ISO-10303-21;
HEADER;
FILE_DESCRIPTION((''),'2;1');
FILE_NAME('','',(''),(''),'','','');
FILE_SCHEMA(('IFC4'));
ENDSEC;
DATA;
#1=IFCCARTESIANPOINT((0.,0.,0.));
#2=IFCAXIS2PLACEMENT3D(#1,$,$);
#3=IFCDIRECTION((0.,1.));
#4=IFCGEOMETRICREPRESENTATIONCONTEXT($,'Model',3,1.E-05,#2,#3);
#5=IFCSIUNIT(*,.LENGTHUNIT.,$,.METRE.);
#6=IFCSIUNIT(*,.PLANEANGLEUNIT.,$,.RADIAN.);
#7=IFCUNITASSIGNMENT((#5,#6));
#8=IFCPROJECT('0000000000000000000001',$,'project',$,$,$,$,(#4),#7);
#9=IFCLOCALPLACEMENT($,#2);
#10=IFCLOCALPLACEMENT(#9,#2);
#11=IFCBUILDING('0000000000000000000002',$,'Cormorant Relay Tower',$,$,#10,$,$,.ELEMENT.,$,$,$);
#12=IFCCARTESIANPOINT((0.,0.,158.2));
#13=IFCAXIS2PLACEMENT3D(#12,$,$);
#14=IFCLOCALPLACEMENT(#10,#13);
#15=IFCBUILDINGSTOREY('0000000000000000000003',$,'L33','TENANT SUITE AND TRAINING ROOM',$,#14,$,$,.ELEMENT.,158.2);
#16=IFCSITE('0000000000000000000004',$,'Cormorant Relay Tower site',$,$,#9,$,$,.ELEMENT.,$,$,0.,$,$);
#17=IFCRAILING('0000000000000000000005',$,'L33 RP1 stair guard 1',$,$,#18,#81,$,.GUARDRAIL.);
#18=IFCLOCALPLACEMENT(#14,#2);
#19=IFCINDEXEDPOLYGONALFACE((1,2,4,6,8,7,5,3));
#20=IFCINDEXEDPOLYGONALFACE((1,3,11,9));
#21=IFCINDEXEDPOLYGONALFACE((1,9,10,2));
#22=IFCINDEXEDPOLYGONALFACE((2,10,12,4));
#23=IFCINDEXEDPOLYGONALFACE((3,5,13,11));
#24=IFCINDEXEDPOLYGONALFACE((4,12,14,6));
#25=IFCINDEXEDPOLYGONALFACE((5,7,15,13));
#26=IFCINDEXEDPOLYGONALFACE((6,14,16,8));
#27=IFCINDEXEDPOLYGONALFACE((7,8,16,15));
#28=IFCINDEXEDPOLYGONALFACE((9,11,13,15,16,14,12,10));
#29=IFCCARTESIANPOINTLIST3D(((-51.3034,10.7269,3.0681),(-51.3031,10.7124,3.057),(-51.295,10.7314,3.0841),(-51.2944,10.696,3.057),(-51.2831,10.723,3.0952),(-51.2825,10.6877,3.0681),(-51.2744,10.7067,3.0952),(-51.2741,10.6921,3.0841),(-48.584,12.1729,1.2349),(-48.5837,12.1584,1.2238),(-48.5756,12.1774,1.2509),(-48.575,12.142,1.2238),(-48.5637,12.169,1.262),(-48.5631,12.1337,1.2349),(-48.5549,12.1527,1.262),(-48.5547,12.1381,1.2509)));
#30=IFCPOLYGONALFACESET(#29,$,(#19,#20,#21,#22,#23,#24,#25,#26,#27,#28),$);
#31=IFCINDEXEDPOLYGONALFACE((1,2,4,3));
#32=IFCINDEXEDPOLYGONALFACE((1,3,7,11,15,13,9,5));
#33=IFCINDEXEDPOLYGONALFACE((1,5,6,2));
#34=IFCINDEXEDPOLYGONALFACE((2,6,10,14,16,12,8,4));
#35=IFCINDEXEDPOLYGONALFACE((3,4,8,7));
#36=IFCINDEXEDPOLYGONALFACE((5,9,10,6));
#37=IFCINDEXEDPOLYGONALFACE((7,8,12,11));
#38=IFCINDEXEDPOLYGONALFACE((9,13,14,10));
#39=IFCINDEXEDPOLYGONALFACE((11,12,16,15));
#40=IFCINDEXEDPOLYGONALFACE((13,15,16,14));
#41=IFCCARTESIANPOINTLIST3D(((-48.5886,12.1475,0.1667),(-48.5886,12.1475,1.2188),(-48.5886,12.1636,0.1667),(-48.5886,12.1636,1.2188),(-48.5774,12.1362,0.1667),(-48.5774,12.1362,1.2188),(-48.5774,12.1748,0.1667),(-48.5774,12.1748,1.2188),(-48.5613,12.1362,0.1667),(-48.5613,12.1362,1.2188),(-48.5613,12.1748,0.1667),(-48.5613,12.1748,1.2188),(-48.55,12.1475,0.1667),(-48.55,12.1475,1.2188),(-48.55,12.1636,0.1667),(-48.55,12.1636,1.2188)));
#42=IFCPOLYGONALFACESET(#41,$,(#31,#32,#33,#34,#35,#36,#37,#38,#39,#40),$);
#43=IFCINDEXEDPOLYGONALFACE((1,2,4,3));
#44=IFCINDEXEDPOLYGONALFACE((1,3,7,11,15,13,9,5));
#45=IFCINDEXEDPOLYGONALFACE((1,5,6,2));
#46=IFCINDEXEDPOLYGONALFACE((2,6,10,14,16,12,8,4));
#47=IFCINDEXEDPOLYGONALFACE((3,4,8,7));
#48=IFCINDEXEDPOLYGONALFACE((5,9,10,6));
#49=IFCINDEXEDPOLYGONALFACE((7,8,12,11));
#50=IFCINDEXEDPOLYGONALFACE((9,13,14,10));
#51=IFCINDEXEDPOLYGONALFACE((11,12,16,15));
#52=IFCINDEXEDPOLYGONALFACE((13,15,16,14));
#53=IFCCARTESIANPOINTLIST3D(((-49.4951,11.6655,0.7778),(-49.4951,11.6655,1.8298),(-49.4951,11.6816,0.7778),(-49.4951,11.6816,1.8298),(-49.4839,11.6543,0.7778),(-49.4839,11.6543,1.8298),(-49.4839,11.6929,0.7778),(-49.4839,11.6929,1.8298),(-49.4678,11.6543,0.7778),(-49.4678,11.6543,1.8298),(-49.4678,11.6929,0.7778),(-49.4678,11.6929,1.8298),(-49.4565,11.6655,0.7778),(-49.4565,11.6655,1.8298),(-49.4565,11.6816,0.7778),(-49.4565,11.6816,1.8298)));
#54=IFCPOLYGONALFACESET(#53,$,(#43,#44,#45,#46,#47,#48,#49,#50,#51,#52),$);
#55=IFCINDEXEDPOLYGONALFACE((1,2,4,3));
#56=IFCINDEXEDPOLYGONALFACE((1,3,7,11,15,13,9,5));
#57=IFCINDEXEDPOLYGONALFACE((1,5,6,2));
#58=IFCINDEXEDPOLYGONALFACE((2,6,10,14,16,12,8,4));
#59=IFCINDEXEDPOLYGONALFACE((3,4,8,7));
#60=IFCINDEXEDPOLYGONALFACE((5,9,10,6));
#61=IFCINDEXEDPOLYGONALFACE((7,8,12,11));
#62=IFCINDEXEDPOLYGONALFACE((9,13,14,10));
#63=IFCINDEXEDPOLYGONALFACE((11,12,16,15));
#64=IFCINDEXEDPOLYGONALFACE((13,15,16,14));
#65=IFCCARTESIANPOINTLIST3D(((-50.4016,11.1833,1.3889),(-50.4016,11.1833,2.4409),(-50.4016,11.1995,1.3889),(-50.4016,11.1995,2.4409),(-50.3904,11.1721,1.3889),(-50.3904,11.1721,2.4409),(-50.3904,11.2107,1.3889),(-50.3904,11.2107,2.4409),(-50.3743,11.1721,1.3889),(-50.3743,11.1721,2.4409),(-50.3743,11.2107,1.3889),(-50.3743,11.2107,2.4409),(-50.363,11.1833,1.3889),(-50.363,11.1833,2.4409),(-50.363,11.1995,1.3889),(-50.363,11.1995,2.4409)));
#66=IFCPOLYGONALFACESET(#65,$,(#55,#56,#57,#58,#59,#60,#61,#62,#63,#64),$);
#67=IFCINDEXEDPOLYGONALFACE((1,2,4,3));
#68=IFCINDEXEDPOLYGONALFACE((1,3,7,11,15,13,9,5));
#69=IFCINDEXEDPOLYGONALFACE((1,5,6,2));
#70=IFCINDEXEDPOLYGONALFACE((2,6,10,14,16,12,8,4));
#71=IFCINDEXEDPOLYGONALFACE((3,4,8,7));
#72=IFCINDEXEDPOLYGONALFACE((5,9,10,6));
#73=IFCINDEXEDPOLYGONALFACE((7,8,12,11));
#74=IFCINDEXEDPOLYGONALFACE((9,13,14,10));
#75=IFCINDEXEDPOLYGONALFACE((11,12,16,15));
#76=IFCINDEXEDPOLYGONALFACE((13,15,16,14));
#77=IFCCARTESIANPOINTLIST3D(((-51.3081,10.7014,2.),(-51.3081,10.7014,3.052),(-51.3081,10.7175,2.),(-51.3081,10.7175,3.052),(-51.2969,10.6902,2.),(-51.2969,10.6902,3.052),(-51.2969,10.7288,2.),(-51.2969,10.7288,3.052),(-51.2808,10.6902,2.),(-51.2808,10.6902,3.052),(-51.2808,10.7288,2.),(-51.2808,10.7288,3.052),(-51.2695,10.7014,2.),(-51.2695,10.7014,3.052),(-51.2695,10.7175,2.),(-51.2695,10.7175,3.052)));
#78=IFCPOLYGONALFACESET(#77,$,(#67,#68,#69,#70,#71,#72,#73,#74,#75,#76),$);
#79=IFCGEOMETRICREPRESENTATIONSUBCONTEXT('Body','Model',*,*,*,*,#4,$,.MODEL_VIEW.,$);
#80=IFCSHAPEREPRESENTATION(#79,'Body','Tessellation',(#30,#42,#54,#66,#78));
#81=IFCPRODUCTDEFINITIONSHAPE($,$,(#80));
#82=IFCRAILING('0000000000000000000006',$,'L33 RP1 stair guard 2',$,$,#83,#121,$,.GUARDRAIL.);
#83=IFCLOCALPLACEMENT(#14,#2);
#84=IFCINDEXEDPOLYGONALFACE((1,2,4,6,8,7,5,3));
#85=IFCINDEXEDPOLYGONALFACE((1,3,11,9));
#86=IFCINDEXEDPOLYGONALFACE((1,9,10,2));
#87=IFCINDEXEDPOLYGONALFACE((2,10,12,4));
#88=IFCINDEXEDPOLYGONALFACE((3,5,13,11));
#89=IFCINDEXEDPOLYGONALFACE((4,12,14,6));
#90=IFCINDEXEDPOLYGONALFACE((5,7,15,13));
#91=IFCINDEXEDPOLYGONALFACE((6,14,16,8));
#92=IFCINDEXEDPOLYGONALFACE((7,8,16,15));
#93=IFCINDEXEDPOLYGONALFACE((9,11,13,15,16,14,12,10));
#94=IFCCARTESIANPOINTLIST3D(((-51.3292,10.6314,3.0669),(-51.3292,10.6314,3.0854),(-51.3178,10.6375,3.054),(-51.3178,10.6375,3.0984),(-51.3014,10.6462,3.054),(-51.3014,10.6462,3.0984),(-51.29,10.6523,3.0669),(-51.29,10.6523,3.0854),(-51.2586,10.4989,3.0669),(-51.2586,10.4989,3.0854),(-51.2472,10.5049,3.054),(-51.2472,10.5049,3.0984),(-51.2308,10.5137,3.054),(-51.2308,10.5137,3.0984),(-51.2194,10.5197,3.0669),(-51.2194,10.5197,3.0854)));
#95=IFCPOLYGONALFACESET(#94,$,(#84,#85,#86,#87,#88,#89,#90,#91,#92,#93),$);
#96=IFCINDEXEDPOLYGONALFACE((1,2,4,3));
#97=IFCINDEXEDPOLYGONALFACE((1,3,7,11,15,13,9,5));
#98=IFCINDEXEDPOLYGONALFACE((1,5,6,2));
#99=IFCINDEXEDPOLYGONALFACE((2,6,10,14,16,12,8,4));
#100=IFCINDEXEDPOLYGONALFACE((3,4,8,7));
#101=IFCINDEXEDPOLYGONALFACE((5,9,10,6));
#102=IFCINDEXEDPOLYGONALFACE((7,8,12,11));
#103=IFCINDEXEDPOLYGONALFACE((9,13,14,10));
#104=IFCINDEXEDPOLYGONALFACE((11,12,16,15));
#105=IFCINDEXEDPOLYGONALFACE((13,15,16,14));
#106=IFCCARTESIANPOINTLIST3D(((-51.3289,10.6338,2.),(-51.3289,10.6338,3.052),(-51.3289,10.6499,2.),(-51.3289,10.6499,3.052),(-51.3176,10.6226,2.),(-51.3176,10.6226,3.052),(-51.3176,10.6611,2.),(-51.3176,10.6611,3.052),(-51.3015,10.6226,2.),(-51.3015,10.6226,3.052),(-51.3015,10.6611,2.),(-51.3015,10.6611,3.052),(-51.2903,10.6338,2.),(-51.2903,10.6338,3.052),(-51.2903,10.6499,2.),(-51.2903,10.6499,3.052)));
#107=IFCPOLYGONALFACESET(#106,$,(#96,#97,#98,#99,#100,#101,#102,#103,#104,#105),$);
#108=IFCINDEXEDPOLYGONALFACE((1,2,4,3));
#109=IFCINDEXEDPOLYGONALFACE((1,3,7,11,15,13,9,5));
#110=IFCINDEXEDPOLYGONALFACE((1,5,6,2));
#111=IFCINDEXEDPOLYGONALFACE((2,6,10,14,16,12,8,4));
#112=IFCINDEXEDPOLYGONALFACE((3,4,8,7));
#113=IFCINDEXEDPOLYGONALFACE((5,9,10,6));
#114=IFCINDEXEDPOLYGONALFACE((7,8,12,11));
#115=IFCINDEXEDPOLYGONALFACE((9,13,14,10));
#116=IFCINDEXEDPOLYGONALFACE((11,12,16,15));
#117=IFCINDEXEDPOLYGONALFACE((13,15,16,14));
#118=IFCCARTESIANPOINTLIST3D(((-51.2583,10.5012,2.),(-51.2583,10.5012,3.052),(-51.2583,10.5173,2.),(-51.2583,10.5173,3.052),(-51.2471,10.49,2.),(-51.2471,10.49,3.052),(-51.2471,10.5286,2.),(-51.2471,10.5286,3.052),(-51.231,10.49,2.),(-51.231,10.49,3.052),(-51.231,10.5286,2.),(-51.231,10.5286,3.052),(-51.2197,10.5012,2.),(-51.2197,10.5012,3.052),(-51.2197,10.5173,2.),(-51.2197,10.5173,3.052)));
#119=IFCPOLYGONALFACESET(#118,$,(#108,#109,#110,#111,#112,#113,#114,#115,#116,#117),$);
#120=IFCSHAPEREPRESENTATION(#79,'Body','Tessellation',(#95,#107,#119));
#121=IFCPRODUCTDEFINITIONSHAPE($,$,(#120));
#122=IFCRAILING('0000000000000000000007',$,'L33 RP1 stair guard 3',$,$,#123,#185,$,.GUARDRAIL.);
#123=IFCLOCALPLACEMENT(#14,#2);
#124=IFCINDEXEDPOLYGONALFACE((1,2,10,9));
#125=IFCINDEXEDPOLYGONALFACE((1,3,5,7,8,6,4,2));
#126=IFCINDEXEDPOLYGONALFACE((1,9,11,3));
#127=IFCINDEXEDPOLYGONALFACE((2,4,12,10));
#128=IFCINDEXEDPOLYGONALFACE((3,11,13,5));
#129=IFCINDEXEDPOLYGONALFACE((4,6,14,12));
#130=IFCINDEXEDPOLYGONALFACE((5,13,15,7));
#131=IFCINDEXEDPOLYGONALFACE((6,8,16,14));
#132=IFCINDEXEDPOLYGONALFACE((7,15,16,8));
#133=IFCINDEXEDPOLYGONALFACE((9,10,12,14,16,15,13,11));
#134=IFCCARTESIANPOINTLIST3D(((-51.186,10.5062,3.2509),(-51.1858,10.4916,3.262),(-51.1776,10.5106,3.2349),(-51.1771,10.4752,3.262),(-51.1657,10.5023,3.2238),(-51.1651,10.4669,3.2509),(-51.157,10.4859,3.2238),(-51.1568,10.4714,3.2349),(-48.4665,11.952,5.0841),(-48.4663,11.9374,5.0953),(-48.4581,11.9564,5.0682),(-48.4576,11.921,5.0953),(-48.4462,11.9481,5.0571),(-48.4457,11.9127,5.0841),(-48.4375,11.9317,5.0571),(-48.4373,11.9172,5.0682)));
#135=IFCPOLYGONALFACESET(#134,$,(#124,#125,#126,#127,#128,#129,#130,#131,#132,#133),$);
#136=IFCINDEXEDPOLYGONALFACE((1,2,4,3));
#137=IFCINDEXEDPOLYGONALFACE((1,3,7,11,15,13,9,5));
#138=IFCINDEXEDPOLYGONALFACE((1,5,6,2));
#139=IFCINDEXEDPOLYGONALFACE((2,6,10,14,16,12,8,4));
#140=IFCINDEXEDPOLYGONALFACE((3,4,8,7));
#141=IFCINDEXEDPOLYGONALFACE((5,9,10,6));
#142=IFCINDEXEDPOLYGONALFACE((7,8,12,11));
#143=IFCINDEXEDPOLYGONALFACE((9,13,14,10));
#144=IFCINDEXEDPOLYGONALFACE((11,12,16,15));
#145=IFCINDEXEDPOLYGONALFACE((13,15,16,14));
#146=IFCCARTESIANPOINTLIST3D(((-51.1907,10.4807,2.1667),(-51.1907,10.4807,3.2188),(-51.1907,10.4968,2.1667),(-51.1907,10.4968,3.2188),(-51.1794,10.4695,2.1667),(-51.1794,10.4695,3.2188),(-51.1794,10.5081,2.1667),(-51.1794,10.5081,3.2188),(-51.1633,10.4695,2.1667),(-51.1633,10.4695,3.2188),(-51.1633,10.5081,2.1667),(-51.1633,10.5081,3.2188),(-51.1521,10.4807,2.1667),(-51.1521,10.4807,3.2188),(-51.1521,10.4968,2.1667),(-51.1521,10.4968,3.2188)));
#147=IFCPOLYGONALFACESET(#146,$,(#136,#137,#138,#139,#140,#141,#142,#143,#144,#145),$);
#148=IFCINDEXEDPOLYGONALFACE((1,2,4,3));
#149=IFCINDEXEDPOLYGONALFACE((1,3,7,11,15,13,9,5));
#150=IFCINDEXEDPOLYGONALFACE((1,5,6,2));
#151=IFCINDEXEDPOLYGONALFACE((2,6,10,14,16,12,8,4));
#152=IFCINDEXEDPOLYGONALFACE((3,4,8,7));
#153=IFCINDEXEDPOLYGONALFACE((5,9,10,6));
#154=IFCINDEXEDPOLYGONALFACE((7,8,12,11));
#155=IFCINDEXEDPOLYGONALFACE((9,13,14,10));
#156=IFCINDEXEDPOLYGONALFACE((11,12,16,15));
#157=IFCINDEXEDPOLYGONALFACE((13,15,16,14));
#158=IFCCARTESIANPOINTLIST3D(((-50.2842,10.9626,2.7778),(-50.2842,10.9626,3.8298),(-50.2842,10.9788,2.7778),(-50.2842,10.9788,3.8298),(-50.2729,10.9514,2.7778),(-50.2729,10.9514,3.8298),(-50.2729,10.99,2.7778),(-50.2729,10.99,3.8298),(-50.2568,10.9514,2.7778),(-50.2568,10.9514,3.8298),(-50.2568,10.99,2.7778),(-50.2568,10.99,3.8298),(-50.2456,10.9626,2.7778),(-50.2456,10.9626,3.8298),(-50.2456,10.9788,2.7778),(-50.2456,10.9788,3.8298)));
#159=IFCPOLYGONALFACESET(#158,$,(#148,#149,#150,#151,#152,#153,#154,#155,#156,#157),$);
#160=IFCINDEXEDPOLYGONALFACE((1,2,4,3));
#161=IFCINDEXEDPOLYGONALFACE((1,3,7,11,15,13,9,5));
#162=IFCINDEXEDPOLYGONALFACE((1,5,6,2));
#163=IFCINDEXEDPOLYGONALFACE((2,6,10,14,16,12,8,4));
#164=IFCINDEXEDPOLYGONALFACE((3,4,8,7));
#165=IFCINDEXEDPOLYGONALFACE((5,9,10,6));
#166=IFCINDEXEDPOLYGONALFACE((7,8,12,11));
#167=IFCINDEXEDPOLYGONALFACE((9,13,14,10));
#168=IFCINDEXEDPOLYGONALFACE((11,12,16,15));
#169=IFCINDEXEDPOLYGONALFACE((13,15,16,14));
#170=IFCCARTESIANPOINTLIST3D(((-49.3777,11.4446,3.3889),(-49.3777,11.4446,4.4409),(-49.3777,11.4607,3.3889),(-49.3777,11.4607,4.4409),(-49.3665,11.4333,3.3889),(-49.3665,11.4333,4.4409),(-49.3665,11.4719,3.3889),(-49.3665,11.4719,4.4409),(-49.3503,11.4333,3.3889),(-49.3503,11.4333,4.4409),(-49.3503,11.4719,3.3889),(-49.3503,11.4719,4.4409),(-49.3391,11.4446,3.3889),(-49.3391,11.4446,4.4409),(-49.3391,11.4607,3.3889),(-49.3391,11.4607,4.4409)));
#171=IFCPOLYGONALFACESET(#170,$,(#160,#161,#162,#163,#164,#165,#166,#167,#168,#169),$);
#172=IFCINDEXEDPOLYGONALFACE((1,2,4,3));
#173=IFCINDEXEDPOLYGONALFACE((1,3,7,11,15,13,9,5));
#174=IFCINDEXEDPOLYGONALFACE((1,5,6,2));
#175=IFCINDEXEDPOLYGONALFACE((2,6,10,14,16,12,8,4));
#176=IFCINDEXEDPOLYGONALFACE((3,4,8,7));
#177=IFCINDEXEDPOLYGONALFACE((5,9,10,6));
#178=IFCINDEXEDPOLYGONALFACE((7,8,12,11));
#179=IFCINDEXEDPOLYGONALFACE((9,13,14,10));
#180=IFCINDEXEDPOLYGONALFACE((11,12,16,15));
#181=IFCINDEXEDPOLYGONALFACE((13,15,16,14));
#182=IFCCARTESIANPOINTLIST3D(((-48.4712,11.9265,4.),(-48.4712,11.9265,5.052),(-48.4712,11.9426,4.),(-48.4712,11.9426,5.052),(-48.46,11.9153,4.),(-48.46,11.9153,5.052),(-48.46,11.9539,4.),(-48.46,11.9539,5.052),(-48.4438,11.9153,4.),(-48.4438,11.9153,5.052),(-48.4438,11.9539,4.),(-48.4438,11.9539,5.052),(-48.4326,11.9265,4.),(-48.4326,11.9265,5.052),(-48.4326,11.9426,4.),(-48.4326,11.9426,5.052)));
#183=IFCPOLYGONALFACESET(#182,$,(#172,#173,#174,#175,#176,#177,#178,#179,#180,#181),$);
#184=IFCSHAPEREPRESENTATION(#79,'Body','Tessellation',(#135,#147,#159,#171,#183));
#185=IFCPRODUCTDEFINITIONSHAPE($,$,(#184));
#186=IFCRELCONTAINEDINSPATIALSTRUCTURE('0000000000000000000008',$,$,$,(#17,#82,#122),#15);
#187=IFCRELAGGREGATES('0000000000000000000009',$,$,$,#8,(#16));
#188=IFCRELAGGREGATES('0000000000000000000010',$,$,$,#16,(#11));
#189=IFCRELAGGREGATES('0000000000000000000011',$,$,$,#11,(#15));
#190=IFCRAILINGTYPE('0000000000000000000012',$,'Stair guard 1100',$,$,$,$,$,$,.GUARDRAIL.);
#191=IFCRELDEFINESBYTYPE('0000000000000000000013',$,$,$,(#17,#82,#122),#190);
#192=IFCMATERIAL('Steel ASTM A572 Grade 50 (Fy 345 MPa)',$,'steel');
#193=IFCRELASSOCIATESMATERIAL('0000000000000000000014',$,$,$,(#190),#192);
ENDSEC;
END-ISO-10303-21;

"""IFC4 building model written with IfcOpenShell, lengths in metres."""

from ifc_helpers import new_model, si_unit, direction, frame, origin, place, context, subcontext, project, spatial, polyline, outline, extrude, material, type_object, element, save


model = new_model("IFC4")

# Units and contexts
model_context = context("Model", 3, precision=1e-05, world=origin(), true_north=direction((0.0, 1.0)))
body_context = subcontext(model_context, "Body", "Model", "MODEL_VIEW")
ifc_project = project(units=[si_unit("LENGTHUNIT", "METRE"), si_unit("PLANEANGLEUNIT", "RADIAN")], contexts=[model_context])

# Site, building, storey
site_placement = place(None, origin())
site = spatial("IfcSite", under=ifc_project, at=site_placement, Name="Cormorant Relay Tower site", CompositionType="ELEMENT", RefElevation=0.0)
building_placement = place(site_placement, origin())
building = spatial("IfcBuilding", under=site, at=building_placement, Name="Cormorant Relay Tower", CompositionType="ELEMENT")
storey_placement = place(building_placement, frame((0.0, 0.0, 158.2)))
storey = spatial("IfcBuildingStorey", under=building, at=storey_placement, Name="L33", Description="TENANT SUITE AND TRAINING ROOM", CompositionType="ELEMENT", Elevation=158.2)

# Railings
ifc_material_1 = material(Name="Steel ASTM A572 Grade 50 (Fy 345 MPa)", Category="steel")
railing_type_1 = type_object("IfcRailingType", Name="Stair guard 1100", PredefinedType="GUARDRAIL", material=ifc_material_1)
railing_1_placement = place(storey_placement, frame((-48.5693, 12.1555, 0.1667)))
element("IfcRailing", 1, at=railing_1_placement, inside=storey, type_object=railing_type_1, Name="L33 RP1 stair guard 1", PredefinedType="GUARDRAIL", context=body_context, shape_type="SweptSolid", body=[
    extrude(outline(polyline([(0.0222, 0.0093), (0.0093, 0.0222), (-0.0093, 0.0222), (-0.0222, 0.0093), (-0.0222, -0.0093), (-0.0093, -0.0222), (0.0093, -0.0222), (0.0222, -0.0093), (0.0222, 0.0093)])), frame((0.0, 0.0, 1.0762), z_axis=(-0.758714, -0.403435, 0.511463), x_axis=(0.469489, -0.882938, 0.0)), (0.0, 0.0, 1.0), 3.5842),
    extrude(outline(polyline([(0.0193, 0.0081), (0.0081, 0.0193), (-0.0081, 0.0193), (-0.0193, 0.0081), (-0.0193, -0.0081), (-0.0081, -0.0193), (0.0081, -0.0193), (0.0193, -0.0081), (0.0193, 0.0081)])), origin(), (0.0, 0.0, 1.0), 1.052),
    extrude(outline(polyline([(0.0193, 0.0081), (0.0081, 0.0193), (-0.0081, 0.0193), (-0.0193, 0.0081), (-0.0193, -0.0081), (-0.0081, -0.0193), (0.0081, -0.0193), (0.0193, -0.0081), (0.0193, 0.0081)])), frame((-0.9065, -0.4819, 0.6111)), (0.0, 0.0, 1.0), 1.052),
    extrude(outline(polyline([(0.0193, 0.0081), (0.0081, 0.0193), (-0.0081, 0.0193), (-0.0193, 0.0081), (-0.0193, -0.0081), (-0.0081, -0.0193), (0.0081, -0.0193), (0.0193, -0.0081), (0.0193, 0.0081)])), frame((-1.813, -0.9641, 1.2222)), (0.0, 0.0, 1.0), 1.052),
    extrude(outline(polyline([(0.0193, 0.0081), (0.0081, 0.0193), (-0.0081, 0.0193), (-0.0193, 0.0081), (-0.0193, -0.0081), (-0.0081, -0.0193), (0.0081, -0.0193), (0.0193, -0.0081), (0.0193, 0.0081)])), frame((-2.7195, -1.446, 1.8333)), (0.0, 0.0, 1.0), 1.052),
])
railing_2_placement = place(storey_placement, frame((-51.3096, 10.6418, 2.0)))
element("IfcRailing", 2, at=railing_2_placement, inside=storey, type_object=railing_type_1, Name="L33 RP1 stair guard 2", PredefinedType="GUARDRAIL", context=body_context, shape_type="SweptSolid", body=[
    extrude(outline(polyline([(0.0222, 0.0093), (0.0093, 0.0222), (-0.0093, 0.0222), (-0.0222, 0.0093), (-0.0222, -0.0093), (-0.0093, -0.0222), (0.0093, -0.0222), (0.0222, -0.0093), (0.0222, 0.0093)])), frame((0.0, 0.0, 1.0762), z_axis=(0.469829, -0.882758, 0.0), x_axis=(0.882758, 0.469829, 0.0)), (0.0, 0.0, 1.0), 0.1501),
    extrude(outline(polyline([(0.0193, 0.0081), (0.0081, 0.0193), (-0.0081, 0.0193), (-0.0193, 0.0081), (-0.0193, -0.0081), (-0.0081, -0.0193), (0.0081, -0.0193), (0.0193, -0.0081), (0.0193, 0.0081)])), origin(), (0.0, 0.0, 1.0), 1.052),
    extrude(outline(polyline([(0.0193, 0.0081), (0.0081, 0.0193), (-0.0081, 0.0193), (-0.0193, 0.0081), (-0.0193, -0.0081), (-0.0081, -0.0193), (0.0081, -0.0193), (0.0193, -0.0081), (0.0193, 0.0081)])), frame((0.0706, -0.1326, 0.0)), (0.0, 0.0, 1.0), 1.052),
])
railing_3_placement = place(storey_placement, frame((-51.1714, 10.4888, 2.1667)))
element("IfcRailing", 3, at=railing_3_placement, inside=storey, type_object=railing_type_1, Name="L33 RP1 stair guard 3", PredefinedType="GUARDRAIL", context=body_context, shape_type="SweptSolid", body=[
    extrude(outline(polyline([(0.0222, 0.0093), (0.0093, 0.0222), (-0.0093, 0.0222), (-0.0222, 0.0093), (-0.0222, -0.0093), (-0.0093, -0.0222), (0.0093, -0.0222), (0.0222, -0.0093), (0.0222, 0.0093)])), frame((0.0, 0.0, 1.0762), z_axis=(0.758735, 0.403378, 0.511477), x_axis=(-0.469428, 0.882971, 0.0)), (0.0, 0.0, 1.0), 3.5842),
    extrude(outline(polyline([(0.0193, 0.0081), (0.0081, 0.0193), (-0.0081, 0.0193), (-0.0193, 0.0081), (-0.0193, -0.0081), (-0.0081, -0.0193), (0.0081, -0.0193), (0.0193, -0.0081), (0.0193, 0.0081)])), origin(), (0.0, 0.0, 1.0), 1.052),
    extrude(outline(polyline([(0.0193, 0.0081), (0.0081, 0.0193), (-0.0081, 0.0193), (-0.0193, 0.0081), (-0.0193, -0.0081), (-0.0081, -0.0193), (0.0081, -0.0193), (0.0193, -0.0081), (0.0193, 0.0081)])), frame((0.9065, 0.4819, 0.6111)), (0.0, 0.0, 1.0), 1.052),
    extrude(outline(polyline([(0.0193, 0.0081), (0.0081, 0.0193), (-0.0081, 0.0193), (-0.0193, 0.0081), (-0.0193, -0.0081), (-0.0081, -0.0193), (0.0081, -0.0193), (0.0193, -0.0081), (0.0193, 0.0081)])), frame((1.813, 0.9639, 1.2222)), (0.0, 0.0, 1.0), 1.052),
    extrude(outline(polyline([(0.0193, 0.0081), (0.0081, 0.0193), (-0.0081, 0.0193), (-0.0193, 0.0081), (-0.0193, -0.0081), (-0.0081, -0.0193), (0.0081, -0.0193), (0.0193, -0.0081), (0.0193, 0.0081)])), frame((2.7195, 1.4458, 1.8333)), (0.0, 0.0, 1.0), 1.052),
])

save(model, "model.ifc")
